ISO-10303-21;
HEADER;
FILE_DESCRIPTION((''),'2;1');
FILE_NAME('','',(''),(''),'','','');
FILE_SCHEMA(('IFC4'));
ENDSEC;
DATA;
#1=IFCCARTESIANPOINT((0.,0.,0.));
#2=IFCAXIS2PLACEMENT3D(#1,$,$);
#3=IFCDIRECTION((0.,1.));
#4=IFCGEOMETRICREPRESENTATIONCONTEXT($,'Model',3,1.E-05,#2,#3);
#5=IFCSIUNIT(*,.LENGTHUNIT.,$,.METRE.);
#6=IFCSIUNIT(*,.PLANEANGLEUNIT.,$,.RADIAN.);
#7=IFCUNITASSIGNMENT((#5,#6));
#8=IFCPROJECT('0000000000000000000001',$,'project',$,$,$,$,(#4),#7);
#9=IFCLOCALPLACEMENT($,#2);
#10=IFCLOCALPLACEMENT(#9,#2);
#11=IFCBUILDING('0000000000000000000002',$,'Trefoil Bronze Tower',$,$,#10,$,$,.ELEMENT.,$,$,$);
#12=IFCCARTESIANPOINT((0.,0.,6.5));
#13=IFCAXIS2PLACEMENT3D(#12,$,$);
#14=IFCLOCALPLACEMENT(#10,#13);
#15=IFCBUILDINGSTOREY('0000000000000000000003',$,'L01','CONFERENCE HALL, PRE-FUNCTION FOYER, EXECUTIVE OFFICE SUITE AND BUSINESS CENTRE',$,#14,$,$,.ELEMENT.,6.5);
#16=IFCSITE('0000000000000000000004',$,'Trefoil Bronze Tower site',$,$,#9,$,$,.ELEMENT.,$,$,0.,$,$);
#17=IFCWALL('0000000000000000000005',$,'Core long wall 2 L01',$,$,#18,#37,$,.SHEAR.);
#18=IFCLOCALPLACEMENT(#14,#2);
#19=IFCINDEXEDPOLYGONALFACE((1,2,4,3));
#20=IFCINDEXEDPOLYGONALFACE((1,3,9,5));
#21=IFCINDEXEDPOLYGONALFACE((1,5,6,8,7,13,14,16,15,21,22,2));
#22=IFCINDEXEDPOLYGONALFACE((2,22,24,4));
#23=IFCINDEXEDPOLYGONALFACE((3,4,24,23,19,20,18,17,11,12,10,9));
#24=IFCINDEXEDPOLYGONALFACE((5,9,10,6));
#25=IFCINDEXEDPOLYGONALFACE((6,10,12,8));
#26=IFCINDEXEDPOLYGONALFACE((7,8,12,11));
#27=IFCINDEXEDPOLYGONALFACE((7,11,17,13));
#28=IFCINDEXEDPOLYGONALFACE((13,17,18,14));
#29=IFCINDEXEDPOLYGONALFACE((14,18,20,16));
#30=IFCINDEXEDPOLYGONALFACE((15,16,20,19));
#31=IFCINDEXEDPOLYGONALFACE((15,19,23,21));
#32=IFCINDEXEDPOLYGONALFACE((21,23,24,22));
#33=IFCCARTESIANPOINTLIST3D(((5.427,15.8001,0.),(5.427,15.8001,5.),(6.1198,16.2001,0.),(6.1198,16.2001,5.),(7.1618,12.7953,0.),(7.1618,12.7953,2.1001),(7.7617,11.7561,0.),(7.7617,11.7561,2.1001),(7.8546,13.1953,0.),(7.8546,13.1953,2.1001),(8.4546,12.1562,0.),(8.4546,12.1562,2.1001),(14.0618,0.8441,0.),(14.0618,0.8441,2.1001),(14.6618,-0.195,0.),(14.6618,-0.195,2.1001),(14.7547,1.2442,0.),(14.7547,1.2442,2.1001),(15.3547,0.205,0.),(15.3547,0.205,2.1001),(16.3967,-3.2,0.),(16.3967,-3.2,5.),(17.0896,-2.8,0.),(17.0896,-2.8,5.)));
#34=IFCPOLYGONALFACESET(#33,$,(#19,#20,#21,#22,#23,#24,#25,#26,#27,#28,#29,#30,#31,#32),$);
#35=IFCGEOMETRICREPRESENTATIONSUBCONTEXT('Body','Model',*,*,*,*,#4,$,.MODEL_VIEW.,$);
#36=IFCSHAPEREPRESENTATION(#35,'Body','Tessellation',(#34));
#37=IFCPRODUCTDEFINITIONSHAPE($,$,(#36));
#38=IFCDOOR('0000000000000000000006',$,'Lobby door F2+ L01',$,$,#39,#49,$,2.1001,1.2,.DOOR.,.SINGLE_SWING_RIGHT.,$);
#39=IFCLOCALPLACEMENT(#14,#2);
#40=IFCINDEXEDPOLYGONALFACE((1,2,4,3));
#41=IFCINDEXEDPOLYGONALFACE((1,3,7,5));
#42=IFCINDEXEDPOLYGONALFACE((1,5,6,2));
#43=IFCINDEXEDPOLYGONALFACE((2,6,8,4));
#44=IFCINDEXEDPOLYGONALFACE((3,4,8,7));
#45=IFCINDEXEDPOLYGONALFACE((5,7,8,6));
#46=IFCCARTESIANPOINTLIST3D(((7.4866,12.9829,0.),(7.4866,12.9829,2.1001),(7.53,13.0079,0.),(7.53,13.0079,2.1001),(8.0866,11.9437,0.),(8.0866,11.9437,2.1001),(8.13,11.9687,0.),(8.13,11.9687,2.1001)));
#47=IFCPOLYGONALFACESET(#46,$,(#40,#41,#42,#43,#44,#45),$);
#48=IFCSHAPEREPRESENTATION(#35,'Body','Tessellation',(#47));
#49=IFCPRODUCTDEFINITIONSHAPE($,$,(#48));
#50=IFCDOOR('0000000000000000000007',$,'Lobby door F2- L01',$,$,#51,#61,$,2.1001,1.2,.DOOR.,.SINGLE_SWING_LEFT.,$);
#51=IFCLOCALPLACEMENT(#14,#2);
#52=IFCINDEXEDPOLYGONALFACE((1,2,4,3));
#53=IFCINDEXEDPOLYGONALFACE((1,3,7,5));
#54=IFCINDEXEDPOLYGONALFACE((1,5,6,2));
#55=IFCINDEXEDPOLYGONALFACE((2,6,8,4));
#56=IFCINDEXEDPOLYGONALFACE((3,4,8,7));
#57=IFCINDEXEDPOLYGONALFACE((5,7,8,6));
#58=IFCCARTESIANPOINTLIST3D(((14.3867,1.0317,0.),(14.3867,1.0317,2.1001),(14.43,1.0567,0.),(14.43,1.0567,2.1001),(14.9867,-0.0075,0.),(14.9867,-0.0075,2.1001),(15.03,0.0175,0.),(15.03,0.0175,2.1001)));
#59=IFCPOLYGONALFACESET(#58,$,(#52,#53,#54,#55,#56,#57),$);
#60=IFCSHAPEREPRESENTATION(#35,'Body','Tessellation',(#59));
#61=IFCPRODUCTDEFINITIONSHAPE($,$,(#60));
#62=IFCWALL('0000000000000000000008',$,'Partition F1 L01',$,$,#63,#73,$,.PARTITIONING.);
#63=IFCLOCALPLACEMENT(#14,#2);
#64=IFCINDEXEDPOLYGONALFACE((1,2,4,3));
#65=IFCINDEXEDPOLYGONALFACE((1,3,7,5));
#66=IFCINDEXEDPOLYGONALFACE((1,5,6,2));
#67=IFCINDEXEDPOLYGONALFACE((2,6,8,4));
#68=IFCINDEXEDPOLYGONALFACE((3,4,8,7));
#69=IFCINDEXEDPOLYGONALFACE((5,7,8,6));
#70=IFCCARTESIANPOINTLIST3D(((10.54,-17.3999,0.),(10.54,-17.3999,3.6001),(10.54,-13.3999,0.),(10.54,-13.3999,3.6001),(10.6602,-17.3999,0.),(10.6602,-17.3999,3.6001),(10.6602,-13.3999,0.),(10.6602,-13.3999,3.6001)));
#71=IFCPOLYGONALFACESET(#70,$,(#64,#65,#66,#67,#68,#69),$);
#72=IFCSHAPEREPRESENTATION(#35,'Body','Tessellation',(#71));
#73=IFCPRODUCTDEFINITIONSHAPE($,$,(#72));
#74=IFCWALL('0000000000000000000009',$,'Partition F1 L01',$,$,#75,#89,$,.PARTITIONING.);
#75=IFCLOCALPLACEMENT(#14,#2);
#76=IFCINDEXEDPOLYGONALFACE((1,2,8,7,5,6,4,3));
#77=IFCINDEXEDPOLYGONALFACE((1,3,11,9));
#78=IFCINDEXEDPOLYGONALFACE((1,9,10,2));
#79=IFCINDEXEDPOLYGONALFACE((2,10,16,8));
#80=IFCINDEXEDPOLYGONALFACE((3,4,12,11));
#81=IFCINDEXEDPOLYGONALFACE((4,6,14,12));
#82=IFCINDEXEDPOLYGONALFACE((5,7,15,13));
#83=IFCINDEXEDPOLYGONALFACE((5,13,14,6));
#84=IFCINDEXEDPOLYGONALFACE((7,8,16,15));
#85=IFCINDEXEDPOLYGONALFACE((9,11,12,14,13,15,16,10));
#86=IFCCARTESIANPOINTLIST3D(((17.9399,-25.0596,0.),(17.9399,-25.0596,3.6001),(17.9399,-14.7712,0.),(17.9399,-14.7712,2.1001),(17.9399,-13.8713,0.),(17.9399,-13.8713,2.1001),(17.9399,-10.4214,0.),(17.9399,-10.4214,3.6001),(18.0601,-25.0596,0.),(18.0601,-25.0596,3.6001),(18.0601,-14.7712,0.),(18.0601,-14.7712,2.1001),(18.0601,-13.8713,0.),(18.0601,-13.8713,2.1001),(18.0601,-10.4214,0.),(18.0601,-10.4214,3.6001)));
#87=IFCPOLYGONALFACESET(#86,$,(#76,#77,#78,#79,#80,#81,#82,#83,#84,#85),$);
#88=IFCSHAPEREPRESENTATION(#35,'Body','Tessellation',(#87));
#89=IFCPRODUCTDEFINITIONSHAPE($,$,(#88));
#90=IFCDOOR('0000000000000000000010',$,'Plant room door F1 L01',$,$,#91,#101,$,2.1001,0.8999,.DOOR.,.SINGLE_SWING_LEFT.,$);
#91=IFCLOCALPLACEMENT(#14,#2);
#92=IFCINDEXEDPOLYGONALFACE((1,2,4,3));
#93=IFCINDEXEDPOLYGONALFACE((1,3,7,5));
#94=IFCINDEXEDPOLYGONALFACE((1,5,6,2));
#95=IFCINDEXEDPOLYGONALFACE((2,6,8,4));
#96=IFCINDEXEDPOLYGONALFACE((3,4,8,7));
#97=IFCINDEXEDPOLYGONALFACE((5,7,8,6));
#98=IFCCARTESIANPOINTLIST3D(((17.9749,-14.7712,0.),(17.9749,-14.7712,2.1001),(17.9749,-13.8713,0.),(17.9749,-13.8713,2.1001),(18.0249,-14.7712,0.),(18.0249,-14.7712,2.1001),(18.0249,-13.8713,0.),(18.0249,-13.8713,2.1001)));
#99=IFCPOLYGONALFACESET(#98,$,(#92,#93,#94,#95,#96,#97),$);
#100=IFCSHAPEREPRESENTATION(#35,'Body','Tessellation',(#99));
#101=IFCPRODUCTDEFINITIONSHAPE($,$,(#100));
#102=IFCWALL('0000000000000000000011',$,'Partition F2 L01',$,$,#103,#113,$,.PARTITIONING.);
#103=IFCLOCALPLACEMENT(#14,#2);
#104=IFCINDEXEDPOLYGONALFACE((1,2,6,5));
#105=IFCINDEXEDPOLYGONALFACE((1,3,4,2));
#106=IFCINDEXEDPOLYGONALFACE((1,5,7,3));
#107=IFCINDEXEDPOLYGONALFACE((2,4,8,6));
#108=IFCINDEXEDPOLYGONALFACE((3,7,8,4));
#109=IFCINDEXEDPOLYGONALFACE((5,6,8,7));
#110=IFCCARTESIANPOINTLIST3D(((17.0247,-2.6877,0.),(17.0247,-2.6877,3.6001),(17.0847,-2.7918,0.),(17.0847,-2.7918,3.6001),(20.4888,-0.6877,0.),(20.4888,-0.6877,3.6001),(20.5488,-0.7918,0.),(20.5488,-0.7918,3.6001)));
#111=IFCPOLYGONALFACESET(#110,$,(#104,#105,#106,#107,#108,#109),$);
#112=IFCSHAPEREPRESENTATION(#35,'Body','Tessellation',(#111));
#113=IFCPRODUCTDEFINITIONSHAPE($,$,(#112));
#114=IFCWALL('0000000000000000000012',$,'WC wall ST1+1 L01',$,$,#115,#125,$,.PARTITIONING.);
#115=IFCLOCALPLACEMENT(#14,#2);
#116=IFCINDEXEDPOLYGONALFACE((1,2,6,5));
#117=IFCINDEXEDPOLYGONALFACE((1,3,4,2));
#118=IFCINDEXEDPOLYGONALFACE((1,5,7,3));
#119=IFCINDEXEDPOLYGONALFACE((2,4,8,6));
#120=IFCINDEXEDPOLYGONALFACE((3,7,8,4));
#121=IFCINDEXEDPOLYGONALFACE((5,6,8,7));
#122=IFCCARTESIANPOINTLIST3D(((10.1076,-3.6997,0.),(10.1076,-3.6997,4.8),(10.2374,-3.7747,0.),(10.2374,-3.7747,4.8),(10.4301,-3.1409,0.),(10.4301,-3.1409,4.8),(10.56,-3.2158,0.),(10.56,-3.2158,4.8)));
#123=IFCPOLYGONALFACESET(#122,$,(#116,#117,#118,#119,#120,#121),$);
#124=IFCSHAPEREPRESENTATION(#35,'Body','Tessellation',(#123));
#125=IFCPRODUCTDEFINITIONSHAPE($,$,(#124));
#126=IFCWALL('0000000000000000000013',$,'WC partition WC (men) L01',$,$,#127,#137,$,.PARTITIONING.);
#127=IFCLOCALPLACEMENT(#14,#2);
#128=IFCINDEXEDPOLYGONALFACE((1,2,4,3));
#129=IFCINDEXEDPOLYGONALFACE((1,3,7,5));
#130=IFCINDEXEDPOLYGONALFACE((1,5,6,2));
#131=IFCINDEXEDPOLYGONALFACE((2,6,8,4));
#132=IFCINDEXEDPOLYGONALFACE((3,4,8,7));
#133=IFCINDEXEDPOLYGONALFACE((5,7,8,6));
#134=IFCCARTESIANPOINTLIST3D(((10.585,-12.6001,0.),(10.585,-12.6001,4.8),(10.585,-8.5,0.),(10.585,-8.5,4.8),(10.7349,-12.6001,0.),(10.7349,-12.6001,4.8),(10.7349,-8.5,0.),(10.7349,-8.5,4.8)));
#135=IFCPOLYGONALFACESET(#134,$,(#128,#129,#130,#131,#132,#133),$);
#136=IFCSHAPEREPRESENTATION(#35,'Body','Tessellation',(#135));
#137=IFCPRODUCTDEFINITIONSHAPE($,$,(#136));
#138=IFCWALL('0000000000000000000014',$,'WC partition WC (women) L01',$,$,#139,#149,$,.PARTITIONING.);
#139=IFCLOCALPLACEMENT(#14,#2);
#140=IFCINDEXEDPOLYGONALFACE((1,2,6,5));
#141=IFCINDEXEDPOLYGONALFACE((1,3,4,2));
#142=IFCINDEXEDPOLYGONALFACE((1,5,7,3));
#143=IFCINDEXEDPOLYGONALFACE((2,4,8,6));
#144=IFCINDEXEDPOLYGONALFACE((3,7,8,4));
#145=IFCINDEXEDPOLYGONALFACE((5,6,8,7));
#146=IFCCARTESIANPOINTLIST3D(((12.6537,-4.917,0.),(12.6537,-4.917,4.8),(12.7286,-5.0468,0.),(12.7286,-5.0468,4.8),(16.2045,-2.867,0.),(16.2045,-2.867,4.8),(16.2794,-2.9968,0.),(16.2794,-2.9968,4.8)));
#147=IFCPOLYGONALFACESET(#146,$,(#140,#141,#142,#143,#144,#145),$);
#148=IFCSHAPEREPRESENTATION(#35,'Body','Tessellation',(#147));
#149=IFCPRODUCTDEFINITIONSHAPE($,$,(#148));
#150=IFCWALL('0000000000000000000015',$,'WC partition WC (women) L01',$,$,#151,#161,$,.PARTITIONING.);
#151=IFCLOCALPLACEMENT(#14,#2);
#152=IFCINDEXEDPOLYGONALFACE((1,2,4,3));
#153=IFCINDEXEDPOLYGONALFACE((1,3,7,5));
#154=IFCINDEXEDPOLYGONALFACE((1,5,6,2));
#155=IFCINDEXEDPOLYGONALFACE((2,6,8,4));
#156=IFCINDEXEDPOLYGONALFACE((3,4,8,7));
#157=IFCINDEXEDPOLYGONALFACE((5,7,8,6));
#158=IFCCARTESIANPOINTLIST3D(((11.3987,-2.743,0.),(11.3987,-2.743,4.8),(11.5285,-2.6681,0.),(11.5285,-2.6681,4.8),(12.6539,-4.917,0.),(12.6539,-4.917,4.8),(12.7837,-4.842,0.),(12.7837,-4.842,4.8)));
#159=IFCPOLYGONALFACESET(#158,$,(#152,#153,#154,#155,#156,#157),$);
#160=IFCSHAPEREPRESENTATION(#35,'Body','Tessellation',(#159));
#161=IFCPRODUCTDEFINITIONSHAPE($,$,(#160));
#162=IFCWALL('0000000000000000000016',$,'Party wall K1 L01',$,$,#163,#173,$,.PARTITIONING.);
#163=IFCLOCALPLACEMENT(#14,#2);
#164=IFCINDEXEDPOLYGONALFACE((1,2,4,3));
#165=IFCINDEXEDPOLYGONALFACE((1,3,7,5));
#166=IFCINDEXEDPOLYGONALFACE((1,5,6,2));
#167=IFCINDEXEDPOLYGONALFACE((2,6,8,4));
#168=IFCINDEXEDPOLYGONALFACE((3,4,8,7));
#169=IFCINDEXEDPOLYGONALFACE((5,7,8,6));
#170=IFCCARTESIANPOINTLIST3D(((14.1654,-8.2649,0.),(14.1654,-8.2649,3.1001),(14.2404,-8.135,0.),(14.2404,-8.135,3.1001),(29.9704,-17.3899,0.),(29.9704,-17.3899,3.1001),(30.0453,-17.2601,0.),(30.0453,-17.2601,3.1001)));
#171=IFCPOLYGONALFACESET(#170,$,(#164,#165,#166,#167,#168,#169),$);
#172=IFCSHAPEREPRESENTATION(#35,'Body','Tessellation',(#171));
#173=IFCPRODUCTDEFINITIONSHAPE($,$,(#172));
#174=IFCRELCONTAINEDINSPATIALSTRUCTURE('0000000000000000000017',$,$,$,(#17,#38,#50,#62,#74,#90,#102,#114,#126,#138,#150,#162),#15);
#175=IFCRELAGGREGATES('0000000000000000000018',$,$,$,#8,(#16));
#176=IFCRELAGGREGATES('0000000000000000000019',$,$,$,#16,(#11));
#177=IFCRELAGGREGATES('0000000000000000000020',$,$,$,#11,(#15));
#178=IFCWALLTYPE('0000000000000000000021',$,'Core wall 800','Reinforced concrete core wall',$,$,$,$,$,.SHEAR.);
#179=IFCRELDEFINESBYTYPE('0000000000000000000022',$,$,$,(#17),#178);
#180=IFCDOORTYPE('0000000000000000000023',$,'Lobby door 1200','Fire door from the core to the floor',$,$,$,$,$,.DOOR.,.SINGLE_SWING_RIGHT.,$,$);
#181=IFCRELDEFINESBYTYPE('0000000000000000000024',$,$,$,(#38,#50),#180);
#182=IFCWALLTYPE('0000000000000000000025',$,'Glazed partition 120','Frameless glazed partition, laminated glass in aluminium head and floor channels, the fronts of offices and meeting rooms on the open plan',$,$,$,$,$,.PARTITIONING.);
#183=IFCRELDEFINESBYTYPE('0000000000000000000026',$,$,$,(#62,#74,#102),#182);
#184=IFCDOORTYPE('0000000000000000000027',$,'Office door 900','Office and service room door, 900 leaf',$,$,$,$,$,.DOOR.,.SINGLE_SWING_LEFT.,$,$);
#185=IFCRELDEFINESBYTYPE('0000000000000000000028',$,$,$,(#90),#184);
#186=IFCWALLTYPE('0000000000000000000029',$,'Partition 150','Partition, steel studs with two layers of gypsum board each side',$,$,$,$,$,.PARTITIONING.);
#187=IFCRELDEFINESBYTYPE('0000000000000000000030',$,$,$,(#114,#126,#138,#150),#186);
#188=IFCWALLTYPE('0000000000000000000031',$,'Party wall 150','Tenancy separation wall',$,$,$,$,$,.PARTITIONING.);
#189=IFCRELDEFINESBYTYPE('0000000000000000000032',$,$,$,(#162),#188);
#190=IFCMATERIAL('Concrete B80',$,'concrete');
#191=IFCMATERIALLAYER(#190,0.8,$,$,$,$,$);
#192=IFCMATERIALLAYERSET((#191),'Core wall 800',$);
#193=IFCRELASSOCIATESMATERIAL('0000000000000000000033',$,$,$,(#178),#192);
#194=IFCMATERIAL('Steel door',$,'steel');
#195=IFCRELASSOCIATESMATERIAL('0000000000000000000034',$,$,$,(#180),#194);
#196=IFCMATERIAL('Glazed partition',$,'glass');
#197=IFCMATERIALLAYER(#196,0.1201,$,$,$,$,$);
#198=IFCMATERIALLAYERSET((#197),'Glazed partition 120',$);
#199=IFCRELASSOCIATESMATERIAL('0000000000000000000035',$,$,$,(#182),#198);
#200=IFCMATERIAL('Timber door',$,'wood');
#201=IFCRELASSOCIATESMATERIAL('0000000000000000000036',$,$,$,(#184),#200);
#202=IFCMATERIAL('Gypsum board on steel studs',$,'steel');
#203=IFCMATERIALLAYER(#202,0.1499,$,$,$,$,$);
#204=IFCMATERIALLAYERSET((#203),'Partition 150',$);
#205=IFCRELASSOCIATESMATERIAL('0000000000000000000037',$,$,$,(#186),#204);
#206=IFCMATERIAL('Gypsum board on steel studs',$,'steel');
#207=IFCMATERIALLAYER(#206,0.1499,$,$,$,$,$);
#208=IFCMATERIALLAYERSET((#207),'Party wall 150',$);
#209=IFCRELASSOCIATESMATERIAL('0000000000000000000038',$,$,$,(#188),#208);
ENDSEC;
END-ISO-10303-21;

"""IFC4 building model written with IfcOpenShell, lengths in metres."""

from ifc_helpers import new_model, si_unit, direction, frame, frame_2d, origin, place, context, subcontext, project, spatial, rectangle, extrude, material, layer, layer_set, type_object, element, fill, save


model = new_model("IFC4")

# Units and contexts
model_context = context("Model", 3, precision=1e-05, world=origin(), true_north=direction((0.0, 1.0)))
body_context = subcontext(model_context, "Body", "Model", "MODEL_VIEW")
ifc_project = project(units=[si_unit("LENGTHUNIT", "METRE"), si_unit("PLANEANGLEUNIT", "RADIAN")], contexts=[model_context])

# Site, building, storey
site_placement = place(None, origin())
site = spatial("IfcSite", under=ifc_project, at=site_placement, Name="Trefoil Bronze Tower site", CompositionType="ELEMENT", RefElevation=0.0)
building_placement = place(site_placement, origin())
building = spatial("IfcBuilding", under=site, at=building_placement, Name="Trefoil Bronze Tower", CompositionType="ELEMENT")
storey_placement = place(building_placement, frame((0.0, 0.0, 6.5)))
storey = spatial("IfcBuildingStorey", under=building, at=storey_placement, Name="L01", Description="CONFERENCE HALL, PRE-FUNCTION FOYER, EXECUTIVE OFFICE SUITE AND BUSINESS CENTRE", CompositionType="ELEMENT", Elevation=6.5)

# Shared definitions
ifc_material_1 = material(Name="Concrete B80", Category="concrete")
ifc_layer_1 = layer(ifc_material_1, 0.8)
ifc_layer_set_1 = layer_set([ifc_layer_1], Name="Core wall 800")
wall_type_1 = type_object("IfcWallType", Name="Core wall 800", Description="Reinforced concrete core wall", PredefinedType="SHEAR", material=ifc_layer_set_1)

# Wall, openings, doors
wall_1_placement = place(storey_placement, frame((16.7432, -3.0, 0.0), z_axis=(0.0, 0.0, 1.0), x_axis=(-0.500002, 0.866024, 0.0)))
wall_1 = element("IfcWall", 1, at=wall_1_placement, inside=storey, type_object=wall_type_1, Name="Core long wall 2 L01", PredefinedType="SHEAR", context=body_context, shape_type="SweptSolid", body=[
    extrude(rectangle(XDim=21.9395, YDim=0.8, at=frame_2d((10.9697, 0.0))), origin(), (0.0, 0.0, 1.0), 5.0),
])
opening_1_placement = place(wall_1_placement, frame((17.2698, 0.0, 0.0)))
opening_1 = element("IfcOpeningElement", 2, at=opening_1_placement, cuts=wall_1, PredefinedType="OPENING", context=body_context, shape_type="SweptSolid", body=[
    extrude(rectangle(XDim=1.2, YDim=2.1001, at=frame_2d((0.6001, 1.05))), frame((0.0, 0.4099, 0.0), z_axis=(0.0, -1.0, 0.0), x_axis=(1.0, 0.0, 0.0)), (0.0, 0.0, 1.0), 0.8201),
])
opening_2_placement = place(wall_1_placement, frame((3.4697, 0.0, 0.0)))
opening_2 = element("IfcOpeningElement", 3, at=opening_2_placement, cuts=wall_1, PredefinedType="OPENING", context=body_context, shape_type="SweptSolid", body=[
    extrude(rectangle(XDim=1.2, YDim=2.1001, at=frame_2d((0.6001, 1.05))), frame((0.0, 0.4099, 0.0), z_axis=(0.0, -1.0, 0.0), x_axis=(1.0, 0.0, 0.0)), (0.0, 0.0, 1.0), 0.8201),
])
ifc_material_2 = material(Name="Steel door", Category="steel")
door_type_1 = type_object("IfcDoorType", Name="Lobby door 1200", Description="Fire door from the core to the floor", OperationType="SINGLE_SWING_RIGHT", PredefinedType="DOOR", material=ifc_material_2)
door_1_placement = place(opening_1_placement, origin())
door_1 = element("IfcDoor", 4, at=door_1_placement, inside=storey, type_object=door_type_1, Name="Lobby door F2+ L01", OperationType="SINGLE_SWING_RIGHT", OverallHeight=2.1001, OverallWidth=1.2, PredefinedType="DOOR", context=body_context, shape_type="SweptSolid", body=[
    extrude(rectangle(XDim=1.2, YDim=2.1001, at=frame_2d((0.6001, 1.05))), frame((0.0, 0.0249, 0.0), z_axis=(0.0, -1.0, 0.0), x_axis=(1.0, 0.0, 0.0)), (0.0, 0.0, 1.0), 0.05),
])
fill(opening_1, door_1)
door_2_placement = place(opening_2_placement, origin())
door_2 = element("IfcDoor", 5, at=door_2_placement, inside=storey, type_object=door_type_1, Name="Lobby door F2- L01", OperationType="SINGLE_SWING_LEFT", OverallHeight=2.1001, OverallWidth=1.2, PredefinedType="DOOR", context=body_context, shape_type="SweptSolid", body=[
    extrude(rectangle(XDim=1.2, YDim=2.1001, at=frame_2d((0.6001, 1.05))), frame((0.0, 0.0249, 0.0), z_axis=(0.0, -1.0, 0.0), x_axis=(1.0, 0.0, 0.0)), (0.0, 0.0, 1.0), 0.05),
])
fill(opening_2, door_2)

# Wall
ifc_material_3 = material(Name="Glazed partition", Category="glass")
ifc_layer_2 = layer(ifc_material_3, 0.1201)
ifc_layer_set_2 = layer_set([ifc_layer_2], Name="Glazed partition 120")
wall_type_2 = type_object("IfcWallType", Name="Glazed partition 120", Description="Frameless glazed partition, laminated glass in aluminium head and floor channels, the fronts of offices and meeting rooms on the open plan", PredefinedType="PARTITIONING", material=ifc_layer_set_2)
wall_2_placement = place(storey_placement, frame((10.6001, -13.3999, 0.0), z_axis=(0.0, 0.0, 1.0), x_axis=(0.0, -1.0, 0.0)))
element("IfcWall", 6, at=wall_2_placement, inside=storey, type_object=wall_type_2, Name="Partition F1 L01", PredefinedType="PARTITIONING", context=body_context, shape_type="SweptSolid", body=[
    extrude(rectangle(XDim=4.0, YDim=0.1201, at=frame_2d((2.0, 0.0))), origin(), (0.0, 0.0, 1.0), 3.6001),
])

# Wall, opening, door
wall_3_placement = place(storey_placement, frame((18.0, -10.4214, 0.0), z_axis=(0.0, 0.0, 1.0), x_axis=(0.0, -1.0, 0.0)))
wall_3 = element("IfcWall", 7, at=wall_3_placement, inside=storey, type_object=wall_type_2, Name="Partition F1 L01", PredefinedType="PARTITIONING", context=body_context, shape_type="SweptSolid", body=[
    extrude(rectangle(XDim=14.6382, YDim=0.1201, at=frame_2d((7.3191, 0.0))), origin(), (0.0, 0.0, 1.0), 3.6001),
])
opening_3_placement = place(wall_3_placement, frame((3.45, 0.0, 0.0)))
opening_3 = element("IfcOpeningElement", 8, at=opening_3_placement, cuts=wall_3, PredefinedType="OPENING", context=body_context, shape_type="SweptSolid", body=[
    extrude(rectangle(XDim=0.8999, YDim=2.1001, at=frame_2d((0.45, 1.05))), frame((0.0, 0.0701, 0.0), z_axis=(0.0, -1.0, 0.0), x_axis=(1.0, 0.0, 0.0)), (0.0, 0.0, 1.0), 0.1401),
])
ifc_material_4 = material(Name="Timber door", Category="wood")
door_type_2 = type_object("IfcDoorType", Name="Office door 900", Description="Office and service room door, 900 leaf", OperationType="SINGLE_SWING_LEFT", PredefinedType="DOOR", material=ifc_material_4)
door_3_placement = place(opening_3_placement, origin())
door_3 = element("IfcDoor", 9, at=door_3_placement, inside=storey, type_object=door_type_2, Name="Plant room door F1 L01", OperationType="SINGLE_SWING_LEFT", OverallHeight=2.1001, OverallWidth=0.8999, PredefinedType="DOOR", context=body_context, shape_type="SweptSolid", body=[
    extrude(rectangle(XDim=0.8999, YDim=2.1001, at=frame_2d((0.45, 1.05))), frame((0.0, 0.0249, 0.0), z_axis=(0.0, -1.0, 0.0), x_axis=(1.0, 0.0, 0.0)), (0.0, 0.0, 1.0), 0.05),
])
fill(opening_3, door_3)

# Walls
wall_4_placement = place(storey_placement, frame((17.0547, -2.7397, 0.0), z_axis=(0.0, 0.0, 1.0), x_axis=(0.866026, 0.499999, 0.0)))
element("IfcWall", 10, at=wall_4_placement, inside=storey, type_object=wall_type_2, Name="Partition F2 L01", PredefinedType="PARTITIONING", context=body_context, shape_type="SweptSolid", body=[
    extrude(rectangle(XDim=4.0, YDim=0.1201, at=frame_2d((2.0, 0.0))), origin(), (0.0, 0.0, 1.0), 3.6001),
])
ifc_material_5 = material(Name="Gypsum board on steel studs", Category="steel")
ifc_layer_3 = layer(ifc_material_5, 0.1499)
ifc_layer_set_3 = layer_set([ifc_layer_3], Name="Partition 150")
wall_type_3 = type_object("IfcWallType", Name="Partition 150", Description="Partition, steel studs with two layers of gypsum board each side", PredefinedType="PARTITIONING", material=ifc_layer_set_3)
wall_5_placement = place(storey_placement, frame((10.4951, -3.1782, 0.0), z_axis=(0.0, 0.0, 1.0), x_axis=(-0.499843, -0.866116, 0.0)))
element("IfcWall", 11, at=wall_5_placement, inside=storey, type_object=wall_type_3, Name="WC wall ST1+1 L01", PredefinedType="PARTITIONING", context=body_context, shape_type="SweptSolid", body=[
    extrude(rectangle(XDim=0.6453, YDim=0.1499, at=frame_2d((0.3228, 0.0))), origin(), (0.0, 0.0, 1.0), 4.8),
])
for number, where, z_axis, x_axis, name in (
    (12, (10.6599, -8.5, 0.0), (0.0, 0.0, 1.0), (0.0, -1.0, 0.0), "WC partition WC (men) L01"),
    (13, (12.6912, -4.9819, 0.0), (0.0, 0.0, 1.0), (0.866025, 0.500001, 0.0), "WC partition WC (women) L01"),
):
    element("IfcWall", number, at=place(storey_placement, frame(where, z_axis=z_axis, x_axis=x_axis)), inside=storey, type_object=wall_type_3, Name=name, PredefinedType="PARTITIONING", context=body_context, shape_type="SweptSolid", body=[
        extrude(rectangle(XDim=4.1001, YDim=0.1499, at=frame_2d((2.05, 0.0))), origin(), (0.0, 0.0, 1.0), 4.8),
    ])
wall_6_placement = place(storey_placement, frame((11.4636, -2.7056, 0.0), z_axis=(0.0, 0.0, 1.0), x_axis=(0.50002, -0.866014, 0.0)))
element("IfcWall", 14, at=wall_6_placement, inside=storey, type_object=wall_type_3, Name="WC partition WC (women) L01", PredefinedType="PARTITIONING", context=body_context, shape_type="SweptSolid", body=[
    extrude(rectangle(XDim=2.5103, YDim=0.1499, at=frame_2d((1.2551, 0.0))), origin(), (0.0, 0.0, 1.0), 4.8),
])
ifc_material_6 = material(Name="Gypsum board on steel studs", Category="steel")
ifc_layer_4 = layer(ifc_material_6, 0.1499)
ifc_layer_set_4 = layer_set([ifc_layer_4], Name="Party wall 150")
wall_type_4 = type_object("IfcWallType", Name="Party wall 150", Description="Tenancy separation wall", PredefinedType="PARTITIONING", material=ifc_layer_set_4)
wall_7_placement = place(storey_placement, frame((14.2029, -8.2, 0.0), z_axis=(0.0, 0.0, 1.0), x_axis=(0.866025, -0.500001, 0.0)))
element("IfcWall", 15, at=wall_7_placement, inside=storey, type_object=wall_type_4, Name="Party wall K1 L01", PredefinedType="PARTITIONING", context=body_context, shape_type="SweptSolid", body=[
    extrude(rectangle(XDim=18.25, YDim=0.1499, at=frame_2d((9.125, 0.0))), origin(), (0.0, 0.0, 1.0), 3.1001),
])

save(model, "model.ifc")
